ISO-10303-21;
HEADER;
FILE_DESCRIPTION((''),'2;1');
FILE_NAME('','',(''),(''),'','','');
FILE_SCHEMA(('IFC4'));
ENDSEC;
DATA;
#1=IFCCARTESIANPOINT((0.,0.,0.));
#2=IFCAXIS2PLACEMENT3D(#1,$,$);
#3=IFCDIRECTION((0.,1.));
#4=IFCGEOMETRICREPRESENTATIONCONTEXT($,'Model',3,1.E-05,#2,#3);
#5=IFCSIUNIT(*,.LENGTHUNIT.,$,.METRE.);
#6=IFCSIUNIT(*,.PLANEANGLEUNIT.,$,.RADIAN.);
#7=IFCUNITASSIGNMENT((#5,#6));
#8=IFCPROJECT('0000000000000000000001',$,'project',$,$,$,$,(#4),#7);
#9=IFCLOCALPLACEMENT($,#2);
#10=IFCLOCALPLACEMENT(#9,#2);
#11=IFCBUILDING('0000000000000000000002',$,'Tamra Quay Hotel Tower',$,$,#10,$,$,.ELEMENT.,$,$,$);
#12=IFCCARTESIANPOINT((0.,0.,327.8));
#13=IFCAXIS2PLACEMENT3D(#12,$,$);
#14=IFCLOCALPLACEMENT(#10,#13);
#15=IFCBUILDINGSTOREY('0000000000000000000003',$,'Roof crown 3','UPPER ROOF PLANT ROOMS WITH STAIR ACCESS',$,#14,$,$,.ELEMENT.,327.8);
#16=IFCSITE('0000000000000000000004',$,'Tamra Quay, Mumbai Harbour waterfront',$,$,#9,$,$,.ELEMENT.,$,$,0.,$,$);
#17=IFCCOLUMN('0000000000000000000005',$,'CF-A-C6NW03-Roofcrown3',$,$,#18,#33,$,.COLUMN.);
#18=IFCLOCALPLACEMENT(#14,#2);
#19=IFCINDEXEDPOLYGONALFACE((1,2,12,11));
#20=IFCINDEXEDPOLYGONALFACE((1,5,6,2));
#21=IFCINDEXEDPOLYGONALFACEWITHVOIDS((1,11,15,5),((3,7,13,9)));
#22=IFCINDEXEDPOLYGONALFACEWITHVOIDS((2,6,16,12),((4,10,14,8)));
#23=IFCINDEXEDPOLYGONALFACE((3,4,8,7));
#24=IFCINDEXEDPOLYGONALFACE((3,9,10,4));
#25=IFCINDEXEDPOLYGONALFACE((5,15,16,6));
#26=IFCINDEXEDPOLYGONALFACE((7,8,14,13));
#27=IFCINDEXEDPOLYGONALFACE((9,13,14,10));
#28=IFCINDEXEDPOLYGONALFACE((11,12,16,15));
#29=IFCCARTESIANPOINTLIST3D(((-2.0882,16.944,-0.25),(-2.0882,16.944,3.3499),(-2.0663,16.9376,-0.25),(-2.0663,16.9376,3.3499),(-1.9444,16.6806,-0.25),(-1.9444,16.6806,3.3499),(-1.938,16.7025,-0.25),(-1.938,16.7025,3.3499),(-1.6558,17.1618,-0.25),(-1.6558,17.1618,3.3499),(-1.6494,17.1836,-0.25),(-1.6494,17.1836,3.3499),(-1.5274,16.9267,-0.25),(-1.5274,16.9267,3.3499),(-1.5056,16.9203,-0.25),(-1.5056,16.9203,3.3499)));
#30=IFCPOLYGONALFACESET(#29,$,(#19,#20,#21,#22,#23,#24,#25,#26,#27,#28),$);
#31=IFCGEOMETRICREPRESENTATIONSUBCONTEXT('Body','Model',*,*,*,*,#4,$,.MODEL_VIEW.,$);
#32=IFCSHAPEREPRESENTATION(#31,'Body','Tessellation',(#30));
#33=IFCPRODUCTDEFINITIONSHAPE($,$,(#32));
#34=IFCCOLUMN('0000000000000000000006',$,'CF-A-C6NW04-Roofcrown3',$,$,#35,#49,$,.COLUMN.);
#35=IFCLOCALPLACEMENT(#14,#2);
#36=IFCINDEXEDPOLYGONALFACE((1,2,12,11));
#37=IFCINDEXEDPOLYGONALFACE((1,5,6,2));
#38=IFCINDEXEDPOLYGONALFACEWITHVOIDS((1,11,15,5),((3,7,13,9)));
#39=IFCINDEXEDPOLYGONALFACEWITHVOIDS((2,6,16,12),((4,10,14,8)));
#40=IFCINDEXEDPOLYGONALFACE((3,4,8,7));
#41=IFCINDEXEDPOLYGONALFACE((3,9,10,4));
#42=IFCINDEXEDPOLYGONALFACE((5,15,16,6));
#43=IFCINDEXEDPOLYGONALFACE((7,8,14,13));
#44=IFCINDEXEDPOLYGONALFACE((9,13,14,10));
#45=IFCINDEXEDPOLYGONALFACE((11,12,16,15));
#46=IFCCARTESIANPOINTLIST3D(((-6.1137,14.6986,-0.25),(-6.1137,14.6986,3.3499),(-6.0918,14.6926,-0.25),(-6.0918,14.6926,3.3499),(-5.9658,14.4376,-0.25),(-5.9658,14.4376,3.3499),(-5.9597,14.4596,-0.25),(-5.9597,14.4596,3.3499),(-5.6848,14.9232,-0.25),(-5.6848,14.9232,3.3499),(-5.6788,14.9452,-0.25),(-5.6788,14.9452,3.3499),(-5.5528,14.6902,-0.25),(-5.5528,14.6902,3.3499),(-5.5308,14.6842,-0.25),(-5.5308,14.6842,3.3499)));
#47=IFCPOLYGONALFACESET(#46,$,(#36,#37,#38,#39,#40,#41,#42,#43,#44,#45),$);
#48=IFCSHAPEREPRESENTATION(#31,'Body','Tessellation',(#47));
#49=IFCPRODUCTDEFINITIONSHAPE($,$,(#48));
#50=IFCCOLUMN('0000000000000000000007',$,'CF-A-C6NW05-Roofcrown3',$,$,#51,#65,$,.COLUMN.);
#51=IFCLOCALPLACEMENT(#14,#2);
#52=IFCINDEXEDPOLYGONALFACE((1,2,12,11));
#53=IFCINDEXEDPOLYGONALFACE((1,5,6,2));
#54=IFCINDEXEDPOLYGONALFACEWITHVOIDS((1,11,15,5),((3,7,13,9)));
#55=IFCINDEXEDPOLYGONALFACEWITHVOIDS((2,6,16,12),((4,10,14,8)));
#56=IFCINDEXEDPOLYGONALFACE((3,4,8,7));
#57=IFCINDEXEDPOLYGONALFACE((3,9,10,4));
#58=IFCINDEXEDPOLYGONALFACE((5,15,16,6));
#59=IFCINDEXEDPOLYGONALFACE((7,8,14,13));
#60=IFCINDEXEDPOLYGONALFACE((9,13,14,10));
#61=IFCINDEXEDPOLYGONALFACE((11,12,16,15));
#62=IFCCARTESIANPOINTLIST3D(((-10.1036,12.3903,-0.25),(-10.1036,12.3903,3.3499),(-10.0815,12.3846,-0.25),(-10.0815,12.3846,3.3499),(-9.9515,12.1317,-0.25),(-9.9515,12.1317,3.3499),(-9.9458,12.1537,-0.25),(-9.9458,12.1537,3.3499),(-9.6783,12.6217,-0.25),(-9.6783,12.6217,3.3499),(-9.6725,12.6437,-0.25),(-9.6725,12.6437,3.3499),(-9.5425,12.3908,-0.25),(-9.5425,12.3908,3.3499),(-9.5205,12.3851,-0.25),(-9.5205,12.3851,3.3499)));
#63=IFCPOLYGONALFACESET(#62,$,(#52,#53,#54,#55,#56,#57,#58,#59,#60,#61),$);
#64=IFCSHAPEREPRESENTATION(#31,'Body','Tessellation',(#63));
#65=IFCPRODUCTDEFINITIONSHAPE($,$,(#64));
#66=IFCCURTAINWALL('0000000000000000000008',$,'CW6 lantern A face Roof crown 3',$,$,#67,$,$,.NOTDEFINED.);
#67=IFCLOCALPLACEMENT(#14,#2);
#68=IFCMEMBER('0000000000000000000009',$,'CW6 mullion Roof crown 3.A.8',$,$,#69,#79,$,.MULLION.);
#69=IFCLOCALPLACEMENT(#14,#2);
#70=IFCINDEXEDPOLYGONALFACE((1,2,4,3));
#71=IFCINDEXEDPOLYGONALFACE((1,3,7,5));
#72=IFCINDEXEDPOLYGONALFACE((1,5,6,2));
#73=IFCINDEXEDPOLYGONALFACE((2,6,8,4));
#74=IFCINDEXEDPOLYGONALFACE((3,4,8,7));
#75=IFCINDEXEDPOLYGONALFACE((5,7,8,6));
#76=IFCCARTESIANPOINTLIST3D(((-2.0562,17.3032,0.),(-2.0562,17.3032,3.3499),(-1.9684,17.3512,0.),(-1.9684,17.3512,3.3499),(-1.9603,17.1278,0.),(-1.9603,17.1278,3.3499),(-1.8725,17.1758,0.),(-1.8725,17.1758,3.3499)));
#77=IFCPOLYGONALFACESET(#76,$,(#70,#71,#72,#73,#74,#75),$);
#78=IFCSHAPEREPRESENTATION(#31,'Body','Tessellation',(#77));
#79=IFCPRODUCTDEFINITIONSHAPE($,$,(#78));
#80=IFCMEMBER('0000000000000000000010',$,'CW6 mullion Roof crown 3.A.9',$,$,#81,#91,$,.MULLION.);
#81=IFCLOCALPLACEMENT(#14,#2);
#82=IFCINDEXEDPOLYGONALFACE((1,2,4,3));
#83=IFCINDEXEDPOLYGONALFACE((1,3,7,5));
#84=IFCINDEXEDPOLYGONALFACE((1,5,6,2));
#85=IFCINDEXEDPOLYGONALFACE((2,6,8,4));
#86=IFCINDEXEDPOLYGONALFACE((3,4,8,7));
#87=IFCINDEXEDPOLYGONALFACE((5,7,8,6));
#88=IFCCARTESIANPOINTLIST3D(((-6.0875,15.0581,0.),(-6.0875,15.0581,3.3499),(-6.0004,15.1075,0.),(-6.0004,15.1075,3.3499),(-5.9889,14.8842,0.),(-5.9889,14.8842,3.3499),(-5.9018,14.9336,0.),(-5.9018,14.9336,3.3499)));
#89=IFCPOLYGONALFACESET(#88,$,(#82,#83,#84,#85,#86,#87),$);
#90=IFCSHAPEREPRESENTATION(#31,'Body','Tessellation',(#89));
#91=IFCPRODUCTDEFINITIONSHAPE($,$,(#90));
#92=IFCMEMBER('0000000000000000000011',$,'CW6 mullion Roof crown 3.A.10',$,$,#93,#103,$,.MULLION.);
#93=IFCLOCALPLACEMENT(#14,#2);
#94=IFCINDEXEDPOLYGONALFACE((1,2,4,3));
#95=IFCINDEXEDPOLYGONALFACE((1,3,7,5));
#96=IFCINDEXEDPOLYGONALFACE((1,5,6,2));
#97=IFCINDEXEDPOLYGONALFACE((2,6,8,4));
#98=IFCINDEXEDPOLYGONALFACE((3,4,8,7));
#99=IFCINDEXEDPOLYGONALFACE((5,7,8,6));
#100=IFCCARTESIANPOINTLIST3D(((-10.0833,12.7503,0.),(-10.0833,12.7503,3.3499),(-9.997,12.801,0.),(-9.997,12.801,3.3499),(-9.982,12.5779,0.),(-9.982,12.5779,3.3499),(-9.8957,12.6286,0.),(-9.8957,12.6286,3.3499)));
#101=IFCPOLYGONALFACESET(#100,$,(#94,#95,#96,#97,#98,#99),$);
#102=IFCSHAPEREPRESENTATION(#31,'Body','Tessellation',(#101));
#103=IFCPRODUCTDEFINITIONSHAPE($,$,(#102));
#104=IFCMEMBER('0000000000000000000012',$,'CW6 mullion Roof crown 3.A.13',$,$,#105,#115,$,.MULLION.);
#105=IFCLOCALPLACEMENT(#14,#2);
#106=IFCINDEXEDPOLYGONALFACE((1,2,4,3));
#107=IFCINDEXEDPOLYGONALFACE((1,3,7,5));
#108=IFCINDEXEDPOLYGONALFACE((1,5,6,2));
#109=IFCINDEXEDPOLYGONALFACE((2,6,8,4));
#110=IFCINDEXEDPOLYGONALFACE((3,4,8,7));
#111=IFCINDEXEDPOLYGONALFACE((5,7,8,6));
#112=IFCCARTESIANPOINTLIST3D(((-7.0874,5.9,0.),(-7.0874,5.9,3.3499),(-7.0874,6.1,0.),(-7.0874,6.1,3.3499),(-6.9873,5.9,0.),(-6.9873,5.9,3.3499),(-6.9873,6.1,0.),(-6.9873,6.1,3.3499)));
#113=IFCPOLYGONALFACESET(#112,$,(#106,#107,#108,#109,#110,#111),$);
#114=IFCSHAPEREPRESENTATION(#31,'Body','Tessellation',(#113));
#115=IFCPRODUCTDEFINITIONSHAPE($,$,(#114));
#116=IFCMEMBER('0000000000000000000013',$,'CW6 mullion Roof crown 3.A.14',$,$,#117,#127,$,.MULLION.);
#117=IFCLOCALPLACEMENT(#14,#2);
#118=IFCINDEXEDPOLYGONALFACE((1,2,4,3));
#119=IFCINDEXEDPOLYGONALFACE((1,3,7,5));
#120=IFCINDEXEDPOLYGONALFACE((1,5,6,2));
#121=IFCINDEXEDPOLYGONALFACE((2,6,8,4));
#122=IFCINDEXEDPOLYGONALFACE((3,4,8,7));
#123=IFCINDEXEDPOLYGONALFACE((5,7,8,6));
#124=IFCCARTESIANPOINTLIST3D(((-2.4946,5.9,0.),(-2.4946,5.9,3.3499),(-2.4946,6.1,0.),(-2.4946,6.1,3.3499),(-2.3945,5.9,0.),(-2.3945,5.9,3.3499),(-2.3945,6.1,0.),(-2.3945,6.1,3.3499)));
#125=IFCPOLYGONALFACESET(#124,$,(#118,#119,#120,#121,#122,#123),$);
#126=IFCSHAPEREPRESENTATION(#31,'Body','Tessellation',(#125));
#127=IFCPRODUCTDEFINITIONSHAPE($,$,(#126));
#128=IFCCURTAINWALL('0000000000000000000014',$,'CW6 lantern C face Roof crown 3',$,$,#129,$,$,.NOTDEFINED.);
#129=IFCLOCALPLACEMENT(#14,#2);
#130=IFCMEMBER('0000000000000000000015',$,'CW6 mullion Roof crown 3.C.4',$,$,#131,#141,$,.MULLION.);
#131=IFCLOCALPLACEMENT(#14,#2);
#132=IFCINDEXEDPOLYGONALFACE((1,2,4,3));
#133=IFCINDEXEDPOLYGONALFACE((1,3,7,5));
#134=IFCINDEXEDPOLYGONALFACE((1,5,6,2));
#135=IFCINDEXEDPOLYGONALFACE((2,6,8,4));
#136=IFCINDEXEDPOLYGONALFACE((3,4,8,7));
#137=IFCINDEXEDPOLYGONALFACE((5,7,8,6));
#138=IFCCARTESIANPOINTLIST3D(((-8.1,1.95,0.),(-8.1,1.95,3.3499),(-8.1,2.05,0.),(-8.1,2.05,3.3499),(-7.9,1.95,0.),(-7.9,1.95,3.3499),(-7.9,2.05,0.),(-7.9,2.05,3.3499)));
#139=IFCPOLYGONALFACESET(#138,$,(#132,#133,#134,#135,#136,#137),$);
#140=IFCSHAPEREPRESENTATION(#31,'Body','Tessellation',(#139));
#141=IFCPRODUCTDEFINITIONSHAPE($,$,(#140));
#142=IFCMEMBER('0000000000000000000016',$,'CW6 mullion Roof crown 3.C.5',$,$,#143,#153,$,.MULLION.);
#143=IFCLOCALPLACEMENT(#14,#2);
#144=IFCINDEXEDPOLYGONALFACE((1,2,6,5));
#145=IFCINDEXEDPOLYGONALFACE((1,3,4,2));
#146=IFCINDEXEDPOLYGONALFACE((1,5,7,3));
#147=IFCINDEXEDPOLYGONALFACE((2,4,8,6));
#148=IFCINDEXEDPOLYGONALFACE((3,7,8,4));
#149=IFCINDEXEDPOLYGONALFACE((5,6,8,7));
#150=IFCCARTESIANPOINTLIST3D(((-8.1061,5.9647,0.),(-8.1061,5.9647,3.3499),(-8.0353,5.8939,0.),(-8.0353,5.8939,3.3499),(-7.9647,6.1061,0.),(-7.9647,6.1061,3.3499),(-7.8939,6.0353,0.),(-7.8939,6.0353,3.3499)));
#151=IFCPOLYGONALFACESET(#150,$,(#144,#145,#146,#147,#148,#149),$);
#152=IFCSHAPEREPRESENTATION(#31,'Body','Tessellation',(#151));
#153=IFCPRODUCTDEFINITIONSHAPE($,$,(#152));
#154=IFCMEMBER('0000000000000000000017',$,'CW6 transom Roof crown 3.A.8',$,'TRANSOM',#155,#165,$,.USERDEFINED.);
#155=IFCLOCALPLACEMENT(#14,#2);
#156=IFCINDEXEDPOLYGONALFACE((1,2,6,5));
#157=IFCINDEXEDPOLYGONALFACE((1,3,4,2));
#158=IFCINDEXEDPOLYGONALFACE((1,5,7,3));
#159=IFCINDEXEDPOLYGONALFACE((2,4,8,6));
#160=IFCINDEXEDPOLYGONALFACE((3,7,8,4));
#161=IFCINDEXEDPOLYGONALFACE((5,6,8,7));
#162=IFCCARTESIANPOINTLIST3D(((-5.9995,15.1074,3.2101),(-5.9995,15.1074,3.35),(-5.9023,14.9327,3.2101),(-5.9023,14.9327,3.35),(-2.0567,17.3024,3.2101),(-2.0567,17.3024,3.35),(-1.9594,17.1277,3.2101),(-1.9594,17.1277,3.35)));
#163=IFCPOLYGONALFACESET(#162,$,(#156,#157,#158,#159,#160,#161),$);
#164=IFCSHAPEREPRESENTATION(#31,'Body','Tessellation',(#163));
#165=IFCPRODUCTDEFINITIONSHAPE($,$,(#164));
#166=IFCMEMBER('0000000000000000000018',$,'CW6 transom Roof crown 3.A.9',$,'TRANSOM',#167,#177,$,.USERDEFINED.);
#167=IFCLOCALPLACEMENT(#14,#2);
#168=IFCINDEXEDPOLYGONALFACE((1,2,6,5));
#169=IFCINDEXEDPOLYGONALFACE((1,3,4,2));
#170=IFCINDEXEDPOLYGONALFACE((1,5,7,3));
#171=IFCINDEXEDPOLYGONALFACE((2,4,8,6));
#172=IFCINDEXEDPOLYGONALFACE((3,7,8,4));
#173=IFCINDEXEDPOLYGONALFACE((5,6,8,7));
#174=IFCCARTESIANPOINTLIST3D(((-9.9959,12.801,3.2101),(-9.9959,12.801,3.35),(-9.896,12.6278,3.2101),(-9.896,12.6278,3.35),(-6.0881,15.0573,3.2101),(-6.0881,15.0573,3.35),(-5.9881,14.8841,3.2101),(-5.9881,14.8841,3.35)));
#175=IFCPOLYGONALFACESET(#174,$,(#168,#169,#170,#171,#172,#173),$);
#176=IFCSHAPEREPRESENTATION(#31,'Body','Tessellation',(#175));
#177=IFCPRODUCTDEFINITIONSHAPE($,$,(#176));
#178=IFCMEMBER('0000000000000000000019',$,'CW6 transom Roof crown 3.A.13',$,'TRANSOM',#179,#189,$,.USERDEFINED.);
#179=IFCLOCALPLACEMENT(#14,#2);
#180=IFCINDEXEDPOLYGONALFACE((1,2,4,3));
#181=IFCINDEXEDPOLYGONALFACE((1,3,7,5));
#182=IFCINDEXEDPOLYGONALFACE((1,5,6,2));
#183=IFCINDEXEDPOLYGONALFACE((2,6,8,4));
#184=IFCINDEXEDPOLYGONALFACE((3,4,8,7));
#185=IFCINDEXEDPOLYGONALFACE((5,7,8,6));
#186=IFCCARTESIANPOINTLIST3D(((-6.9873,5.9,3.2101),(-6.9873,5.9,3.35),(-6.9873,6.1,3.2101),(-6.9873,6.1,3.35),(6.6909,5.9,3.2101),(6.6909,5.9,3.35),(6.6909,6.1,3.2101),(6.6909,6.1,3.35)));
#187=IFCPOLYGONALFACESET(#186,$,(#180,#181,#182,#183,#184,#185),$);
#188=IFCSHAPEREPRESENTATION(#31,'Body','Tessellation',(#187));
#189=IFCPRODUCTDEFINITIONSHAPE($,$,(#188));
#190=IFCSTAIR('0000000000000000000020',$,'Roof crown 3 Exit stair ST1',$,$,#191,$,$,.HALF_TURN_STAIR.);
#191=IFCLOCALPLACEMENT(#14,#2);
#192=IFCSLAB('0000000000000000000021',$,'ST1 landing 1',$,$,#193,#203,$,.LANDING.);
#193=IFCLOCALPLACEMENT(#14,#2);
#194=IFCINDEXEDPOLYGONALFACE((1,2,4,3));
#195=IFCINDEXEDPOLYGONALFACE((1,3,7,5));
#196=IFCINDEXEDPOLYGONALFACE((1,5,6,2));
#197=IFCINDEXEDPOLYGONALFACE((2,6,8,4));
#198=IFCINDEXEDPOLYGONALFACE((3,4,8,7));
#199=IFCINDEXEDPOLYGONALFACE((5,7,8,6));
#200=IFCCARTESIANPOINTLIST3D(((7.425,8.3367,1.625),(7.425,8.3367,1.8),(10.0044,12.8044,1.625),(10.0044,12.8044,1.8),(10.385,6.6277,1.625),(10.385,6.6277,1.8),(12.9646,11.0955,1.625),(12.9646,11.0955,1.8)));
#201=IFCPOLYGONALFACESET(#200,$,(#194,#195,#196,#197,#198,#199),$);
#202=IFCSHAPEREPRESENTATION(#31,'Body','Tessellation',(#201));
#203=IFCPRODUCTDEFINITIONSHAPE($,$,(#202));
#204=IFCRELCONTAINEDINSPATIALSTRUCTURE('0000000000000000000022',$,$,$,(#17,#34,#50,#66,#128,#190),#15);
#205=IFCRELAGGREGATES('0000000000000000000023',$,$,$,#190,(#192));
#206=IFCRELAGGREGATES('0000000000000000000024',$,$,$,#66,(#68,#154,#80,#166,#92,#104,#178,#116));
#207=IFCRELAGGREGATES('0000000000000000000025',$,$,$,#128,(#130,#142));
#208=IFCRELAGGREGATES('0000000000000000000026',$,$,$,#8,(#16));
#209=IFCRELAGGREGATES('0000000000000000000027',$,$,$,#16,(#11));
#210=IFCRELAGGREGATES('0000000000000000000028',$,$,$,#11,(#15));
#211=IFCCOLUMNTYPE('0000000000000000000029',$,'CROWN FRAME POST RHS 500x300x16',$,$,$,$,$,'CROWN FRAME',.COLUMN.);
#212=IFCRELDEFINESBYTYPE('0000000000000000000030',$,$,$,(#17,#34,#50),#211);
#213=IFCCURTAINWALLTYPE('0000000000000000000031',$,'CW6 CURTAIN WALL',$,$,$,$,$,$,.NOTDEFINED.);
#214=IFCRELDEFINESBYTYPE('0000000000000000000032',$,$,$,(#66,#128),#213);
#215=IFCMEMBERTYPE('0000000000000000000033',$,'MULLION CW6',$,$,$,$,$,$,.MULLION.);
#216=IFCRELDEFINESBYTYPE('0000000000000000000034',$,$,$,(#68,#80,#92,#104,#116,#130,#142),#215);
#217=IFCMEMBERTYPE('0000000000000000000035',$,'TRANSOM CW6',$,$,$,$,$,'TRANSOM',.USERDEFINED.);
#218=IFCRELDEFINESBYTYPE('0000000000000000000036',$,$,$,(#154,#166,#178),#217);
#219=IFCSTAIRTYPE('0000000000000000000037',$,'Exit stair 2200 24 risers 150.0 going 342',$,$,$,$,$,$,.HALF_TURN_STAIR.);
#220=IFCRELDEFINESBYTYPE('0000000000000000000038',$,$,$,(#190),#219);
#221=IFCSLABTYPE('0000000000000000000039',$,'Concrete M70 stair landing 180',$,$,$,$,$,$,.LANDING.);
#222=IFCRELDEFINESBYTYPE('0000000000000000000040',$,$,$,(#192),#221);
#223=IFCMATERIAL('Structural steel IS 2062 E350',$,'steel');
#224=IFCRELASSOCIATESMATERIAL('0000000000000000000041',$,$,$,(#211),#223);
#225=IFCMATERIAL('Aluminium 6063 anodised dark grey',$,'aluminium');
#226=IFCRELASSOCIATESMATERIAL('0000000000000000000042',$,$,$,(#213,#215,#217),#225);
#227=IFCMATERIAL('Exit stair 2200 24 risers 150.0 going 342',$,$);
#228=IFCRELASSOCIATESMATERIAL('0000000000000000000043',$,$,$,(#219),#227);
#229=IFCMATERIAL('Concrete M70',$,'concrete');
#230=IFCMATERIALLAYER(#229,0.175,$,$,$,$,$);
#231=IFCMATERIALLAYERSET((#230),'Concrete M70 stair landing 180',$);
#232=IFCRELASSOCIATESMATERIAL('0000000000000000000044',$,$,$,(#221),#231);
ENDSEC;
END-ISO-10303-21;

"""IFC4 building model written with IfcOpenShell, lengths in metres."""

from ifc_helpers import new_model, si_unit, direction, frame, origin, origin_2d, place, context, subcontext, project, spatial, polyline, rectangle, hollow_rectangle, outline, extrude, material, layer, layer_set, material_profile, profile_set, type_object, element, aggregate, save


model = new_model("IFC4")

# Units and contexts
model_context = context("Model", 3, precision=1e-05, world=origin(), true_north=direction((0.0, 1.0)))
body_context = subcontext(model_context, "Body", "Model", "MODEL_VIEW")
ifc_project = project(units=[si_unit("LENGTHUNIT", "METRE"), si_unit("PLANEANGLEUNIT", "RADIAN")], contexts=[model_context])

# Site, building, storey
site_placement = place(None, origin())
site = spatial("IfcSite", under=ifc_project, at=site_placement, Name="Tamra Quay, Mumbai Harbour waterfront", CompositionType="ELEMENT", RefElevation=0.0)
building_placement = place(site_placement, origin())
building = spatial("IfcBuilding", under=site, at=building_placement, Name="Tamra Quay Hotel Tower", CompositionType="ELEMENT")
storey_placement = place(building_placement, frame((0.0, 0.0, 327.8)))
storey = spatial("IfcBuildingStorey", under=building, at=storey_placement, Name="Roof crown 3", Description="UPPER ROOF PLANT ROOMS WITH STAIR ACCESS", CompositionType="ELEMENT", Elevation=327.8)

# Columns
ifc_material_1 = material(Name="Structural steel IS 2062 E350", Category="steel")
ifc_material_profile_1 = material_profile(ifc_material_1, hollow_rectangle(XDim=0.3, YDim=0.5, WallThickness=0.0161, at=origin_2d()), Name="RHS 500x300x16")
ifc_profile_set_1 = profile_set([ifc_material_profile_1], Name="Structural steel IS 2062 E350")
column_type = type_object("IfcColumnType", Name="CROWN FRAME POST RHS 500x300x16", ElementType="CROWN FRAME", PredefinedType="COLUMN", material=ifc_profile_set_1)
for number, where, z_axis, x_axis, name in (
    (1, (-1.7969, 16.9321, -0.25), (0.0, 0.0, 1.0), (-0.479288, 0.877658, 0.0), "CF-A-C6NW03-Roofcrown3"),
    (2, (-5.8223, 14.6914, -0.25), (0.0, 0.0, 1.0), (-0.493125, 0.869958, 0.0), "CF-A-C6NW04-Roofcrown3"),
    (3, (-9.812, 12.3877, -0.25), (0.0, 0.0, 1.0), (-0.506843, 0.862038, 0.0), "CF-A-C6NW05-Roofcrown3"),
):
    element("IfcColumn", number, at=place(storey_placement, frame(where, z_axis=z_axis, x_axis=x_axis)), inside=storey, type_object=column_type, Name=name, PredefinedType="COLUMN", context=body_context, shape_type="SweptSolid", body=[
        extrude(hollow_rectangle(XDim=0.3, YDim=0.5, WallThickness=0.0161, at=origin_2d()), origin(), (0.0, 0.0, 1.0), 3.5999),
    ])

# Curtain walls, members
ifc_material_2 = material(Name="Aluminium 6063 anodised dark grey", Category="aluminium")
curtain_wall_type = type_object("IfcCurtainWallType", Name="CW6 CURTAIN WALL", PredefinedType="NOTDEFINED", material=ifc_material_2)
curtain_wall_1_placement = place(storey_placement, origin())
curtain_wall_1 = element("IfcCurtainWall", 4, at=curtain_wall_1_placement, inside=storey, type_object=curtain_wall_type, Name="CW6 lantern A face Roof crown 3", PredefinedType="NOTDEFINED")
ifc_material_profile_2 = material_profile(ifc_material_2, rectangle(XDim=0.2, YDim=0.1001, at=origin_2d()), Name="MULLION 100X200")
ifc_profile_set_2 = profile_set([ifc_material_profile_2], Name="Aluminium 6063 anodised dark grey")
member_type_1 = type_object("IfcMemberType", Name="MULLION CW6", PredefinedType="MULLION", material=ifc_profile_set_2)
member_1_placement = place(storey_placement, frame((-1.9644, 17.2395, 0.0), z_axis=(0.0, 0.0, 1.0), x_axis=(-0.479565, 0.877506, 0.0)))
member_1 = element("IfcMember", 5, at=member_1_placement, type_object=member_type_1, Name="CW6 mullion Roof crown 3.A.8", PredefinedType="MULLION", context=body_context, shape_type="SweptSolid", body=[
    extrude(rectangle(XDim=0.2, YDim=0.1001, at=origin_2d()), origin(), (0.0, 0.0, 1.0), 3.3499),
])
member_2_placement = place(storey_placement, frame((-5.9946, 14.9958, 0.0), z_axis=(0.0, 0.0, 1.0), x_axis=(-0.493216, 0.869907, 0.0)))
member_2 = element("IfcMember", 6, at=member_2_placement, type_object=member_type_1, Name="CW6 mullion Roof crown 3.A.9", PredefinedType="MULLION", context=body_context, shape_type="SweptSolid", body=[
    extrude(rectangle(XDim=0.2, YDim=0.1001, at=origin_2d()), origin(), (0.0, 0.0, 1.0), 3.3499),
])
member_3_placement = place(storey_placement, frame((-9.9895, 12.6895, 0.0), z_axis=(0.0, 0.0, 1.0), x_axis=(-0.506754, 0.862091, 0.0)))
member_3 = element("IfcMember", 7, at=member_3_placement, type_object=member_type_1, Name="CW6 mullion Roof crown 3.A.10", PredefinedType="MULLION", context=body_context, shape_type="SweptSolid", body=[
    extrude(rectangle(XDim=0.2, YDim=0.1001, at=origin_2d()), origin(), (0.0, 0.0, 1.0), 3.3499),
])
member_4_placement = place(storey_placement, frame((-7.0374, 6.0, 0.0), z_axis=(0.0, 0.0, 1.0), x_axis=(0.0, -1.0, 0.0)))
member_4 = element("IfcMember", 8, at=member_4_placement, type_object=member_type_1, Name="CW6 mullion Roof crown 3.A.13", PredefinedType="MULLION", context=body_context, shape_type="SweptSolid", body=[
    extrude(rectangle(XDim=0.2, YDim=0.1001, at=origin_2d()), origin(), (0.0, 0.0, 1.0), 3.3499),
])
member_5_placement = place(storey_placement, frame((-2.4446, 6.0, 0.0), z_axis=(0.0, 0.0, 1.0), x_axis=(0.0, -1.0, 0.0)))
member_5 = element("IfcMember", 9, at=member_5_placement, type_object=member_type_1, Name="CW6 mullion Roof crown 3.A.14", PredefinedType="MULLION", context=body_context, shape_type="SweptSolid", body=[
    extrude(rectangle(XDim=0.2, YDim=0.1001, at=origin_2d()), origin(), (0.0, 0.0, 1.0), 3.3499),
])
curtain_wall_2_placement = place(storey_placement, origin())
curtain_wall_2 = element("IfcCurtainWall", 10, at=curtain_wall_2_placement, inside=storey, type_object=curtain_wall_type, Name="CW6 lantern C face Roof crown 3", PredefinedType="NOTDEFINED")
member_6_placement = place(storey_placement, frame((-8.0, 2.0, 0.0), z_axis=(0.0, 0.0, 1.0), x_axis=(1.0, 0.0, 0.0)))
member_6 = element("IfcMember", 11, at=member_6_placement, type_object=member_type_1, Name="CW6 mullion Roof crown 3.C.4", PredefinedType="MULLION", context=body_context, shape_type="SweptSolid", body=[
    extrude(rectangle(XDim=0.2, YDim=0.1001, at=origin_2d()), origin(), (0.0, 0.0, 1.0), 3.3499),
])
member_7_placement = place(storey_placement, frame((-8.0, 6.0, 0.0), z_axis=(0.0, 0.0, 1.0), x_axis=(0.707107, 0.707107, 0.0)))
member_7 = element("IfcMember", 12, at=member_7_placement, type_object=member_type_1, Name="CW6 mullion Roof crown 3.C.5", PredefinedType="MULLION", context=body_context, shape_type="SweptSolid", body=[
    extrude(rectangle(XDim=0.2, YDim=0.1001, at=origin_2d()), origin(), (0.0, 0.0, 1.0), 3.3499),
])

# Members
ifc_material_profile_3 = material_profile(ifc_material_2, rectangle(XDim=0.2, YDim=0.1399, at=origin_2d()), Name="TRANSOM 200X140")
ifc_profile_set_3 = profile_set([ifc_material_profile_3], Name="Aluminium 6063 anodised dark grey")
member_type_2 = type_object("IfcMemberType", Name="TRANSOM CW6", ElementType="TRANSOM", PredefinedType="USERDEFINED", material=ifc_profile_set_3)
member_8_placement = place(storey_placement, frame((-2.0081, 17.2151, 3.28), z_axis=(-0.873726, -0.486419, 0.0), x_axis=(0.486419, -0.873726, 0.0)))
member_8 = element("IfcMember", 13, at=member_8_placement, type_object=member_type_2, Name="CW6 transom Roof crown 3.A.8", ObjectType="TRANSOM", PredefinedType="USERDEFINED", context=body_context, shape_type="SweptSolid", body=[
    extrude(rectangle(XDim=0.2, YDim=0.1399, at=origin_2d()), origin(), (0.0, 0.0, 1.0), 4.5127),
])
member_9_placement = place(storey_placement, frame((-6.0381, 14.9707, 3.28), z_axis=(-0.866017, -0.500014, 0.0), x_axis=(0.500014, -0.866017, 0.0)))
member_9 = element("IfcMember", 14, at=member_9_placement, type_object=member_type_2, Name="CW6 transom Roof crown 3.A.9", ObjectType="TRANSOM", PredefinedType="USERDEFINED", context=body_context, shape_type="SweptSolid", body=[
    extrude(rectangle(XDim=0.2, YDim=0.1399, at=origin_2d()), origin(), (0.0, 0.0, 1.0), 4.5125),
])
member_10_placement = place(storey_placement, frame((-6.9873, 6.0, 3.28), z_axis=(1.0, 0.0, 0.0), x_axis=(0.0, 1.0, 0.0)))
member_10 = element("IfcMember", 15, at=member_10_placement, type_object=member_type_2, Name="CW6 transom Roof crown 3.A.13", ObjectType="TRANSOM", PredefinedType="USERDEFINED", context=body_context, shape_type="SweptSolid", body=[
    extrude(rectangle(XDim=0.2, YDim=0.1399, at=origin_2d()), origin(), (0.0, 0.0, 1.0), 13.6782),
])

# Stair, slab
ifc_material_3 = material(Name="Exit stair 2200 24 risers 150.0 going 342")
stair_type = type_object("IfcStairType", Name="Exit stair 2200 24 risers 150.0 going 342", PredefinedType="HALF_TURN_STAIR", material=ifc_material_3)
stair_placement = place(storey_placement, origin())
stair = element("IfcStair", 16, at=stair_placement, inside=storey, type_object=stair_type, Name="Roof crown 3 Exit stair ST1", PredefinedType="HALF_TURN_STAIR")
ifc_material_4 = material(Name="Concrete M70", Category="concrete")
ifc_layer_1 = layer(ifc_material_4, 0.175)
ifc_layer_set_1 = layer_set([ifc_layer_1], Name="Concrete M70 stair landing 180")
slab_type = type_object("IfcSlabType", Name="Concrete M70 stair landing 180", PredefinedType="LANDING", material=ifc_layer_set_1)
slab_placement = place(storey_placement, frame((0.0, 0.0, 1.625)))
slab = element("IfcSlab", 17, at=slab_placement, type_object=slab_type, Name="ST1 landing 1", PredefinedType="LANDING", context=body_context, shape_type="SweptSolid", body=[
    extrude(outline(polyline([(7.425, 8.3367), (10.385, 6.6277), (12.9646, 11.0955), (10.0044, 12.8044), (7.425, 8.3367)])), origin(), (0.0, 0.0, 1.0), 0.175),
])
aggregate(stair, [slab])

aggregate(curtain_wall_1, [member_1, member_8, member_2, member_9, member_3, member_4, member_10, member_5])
aggregate(curtain_wall_2, [member_6, member_7])

save(model, "model.ifc")
